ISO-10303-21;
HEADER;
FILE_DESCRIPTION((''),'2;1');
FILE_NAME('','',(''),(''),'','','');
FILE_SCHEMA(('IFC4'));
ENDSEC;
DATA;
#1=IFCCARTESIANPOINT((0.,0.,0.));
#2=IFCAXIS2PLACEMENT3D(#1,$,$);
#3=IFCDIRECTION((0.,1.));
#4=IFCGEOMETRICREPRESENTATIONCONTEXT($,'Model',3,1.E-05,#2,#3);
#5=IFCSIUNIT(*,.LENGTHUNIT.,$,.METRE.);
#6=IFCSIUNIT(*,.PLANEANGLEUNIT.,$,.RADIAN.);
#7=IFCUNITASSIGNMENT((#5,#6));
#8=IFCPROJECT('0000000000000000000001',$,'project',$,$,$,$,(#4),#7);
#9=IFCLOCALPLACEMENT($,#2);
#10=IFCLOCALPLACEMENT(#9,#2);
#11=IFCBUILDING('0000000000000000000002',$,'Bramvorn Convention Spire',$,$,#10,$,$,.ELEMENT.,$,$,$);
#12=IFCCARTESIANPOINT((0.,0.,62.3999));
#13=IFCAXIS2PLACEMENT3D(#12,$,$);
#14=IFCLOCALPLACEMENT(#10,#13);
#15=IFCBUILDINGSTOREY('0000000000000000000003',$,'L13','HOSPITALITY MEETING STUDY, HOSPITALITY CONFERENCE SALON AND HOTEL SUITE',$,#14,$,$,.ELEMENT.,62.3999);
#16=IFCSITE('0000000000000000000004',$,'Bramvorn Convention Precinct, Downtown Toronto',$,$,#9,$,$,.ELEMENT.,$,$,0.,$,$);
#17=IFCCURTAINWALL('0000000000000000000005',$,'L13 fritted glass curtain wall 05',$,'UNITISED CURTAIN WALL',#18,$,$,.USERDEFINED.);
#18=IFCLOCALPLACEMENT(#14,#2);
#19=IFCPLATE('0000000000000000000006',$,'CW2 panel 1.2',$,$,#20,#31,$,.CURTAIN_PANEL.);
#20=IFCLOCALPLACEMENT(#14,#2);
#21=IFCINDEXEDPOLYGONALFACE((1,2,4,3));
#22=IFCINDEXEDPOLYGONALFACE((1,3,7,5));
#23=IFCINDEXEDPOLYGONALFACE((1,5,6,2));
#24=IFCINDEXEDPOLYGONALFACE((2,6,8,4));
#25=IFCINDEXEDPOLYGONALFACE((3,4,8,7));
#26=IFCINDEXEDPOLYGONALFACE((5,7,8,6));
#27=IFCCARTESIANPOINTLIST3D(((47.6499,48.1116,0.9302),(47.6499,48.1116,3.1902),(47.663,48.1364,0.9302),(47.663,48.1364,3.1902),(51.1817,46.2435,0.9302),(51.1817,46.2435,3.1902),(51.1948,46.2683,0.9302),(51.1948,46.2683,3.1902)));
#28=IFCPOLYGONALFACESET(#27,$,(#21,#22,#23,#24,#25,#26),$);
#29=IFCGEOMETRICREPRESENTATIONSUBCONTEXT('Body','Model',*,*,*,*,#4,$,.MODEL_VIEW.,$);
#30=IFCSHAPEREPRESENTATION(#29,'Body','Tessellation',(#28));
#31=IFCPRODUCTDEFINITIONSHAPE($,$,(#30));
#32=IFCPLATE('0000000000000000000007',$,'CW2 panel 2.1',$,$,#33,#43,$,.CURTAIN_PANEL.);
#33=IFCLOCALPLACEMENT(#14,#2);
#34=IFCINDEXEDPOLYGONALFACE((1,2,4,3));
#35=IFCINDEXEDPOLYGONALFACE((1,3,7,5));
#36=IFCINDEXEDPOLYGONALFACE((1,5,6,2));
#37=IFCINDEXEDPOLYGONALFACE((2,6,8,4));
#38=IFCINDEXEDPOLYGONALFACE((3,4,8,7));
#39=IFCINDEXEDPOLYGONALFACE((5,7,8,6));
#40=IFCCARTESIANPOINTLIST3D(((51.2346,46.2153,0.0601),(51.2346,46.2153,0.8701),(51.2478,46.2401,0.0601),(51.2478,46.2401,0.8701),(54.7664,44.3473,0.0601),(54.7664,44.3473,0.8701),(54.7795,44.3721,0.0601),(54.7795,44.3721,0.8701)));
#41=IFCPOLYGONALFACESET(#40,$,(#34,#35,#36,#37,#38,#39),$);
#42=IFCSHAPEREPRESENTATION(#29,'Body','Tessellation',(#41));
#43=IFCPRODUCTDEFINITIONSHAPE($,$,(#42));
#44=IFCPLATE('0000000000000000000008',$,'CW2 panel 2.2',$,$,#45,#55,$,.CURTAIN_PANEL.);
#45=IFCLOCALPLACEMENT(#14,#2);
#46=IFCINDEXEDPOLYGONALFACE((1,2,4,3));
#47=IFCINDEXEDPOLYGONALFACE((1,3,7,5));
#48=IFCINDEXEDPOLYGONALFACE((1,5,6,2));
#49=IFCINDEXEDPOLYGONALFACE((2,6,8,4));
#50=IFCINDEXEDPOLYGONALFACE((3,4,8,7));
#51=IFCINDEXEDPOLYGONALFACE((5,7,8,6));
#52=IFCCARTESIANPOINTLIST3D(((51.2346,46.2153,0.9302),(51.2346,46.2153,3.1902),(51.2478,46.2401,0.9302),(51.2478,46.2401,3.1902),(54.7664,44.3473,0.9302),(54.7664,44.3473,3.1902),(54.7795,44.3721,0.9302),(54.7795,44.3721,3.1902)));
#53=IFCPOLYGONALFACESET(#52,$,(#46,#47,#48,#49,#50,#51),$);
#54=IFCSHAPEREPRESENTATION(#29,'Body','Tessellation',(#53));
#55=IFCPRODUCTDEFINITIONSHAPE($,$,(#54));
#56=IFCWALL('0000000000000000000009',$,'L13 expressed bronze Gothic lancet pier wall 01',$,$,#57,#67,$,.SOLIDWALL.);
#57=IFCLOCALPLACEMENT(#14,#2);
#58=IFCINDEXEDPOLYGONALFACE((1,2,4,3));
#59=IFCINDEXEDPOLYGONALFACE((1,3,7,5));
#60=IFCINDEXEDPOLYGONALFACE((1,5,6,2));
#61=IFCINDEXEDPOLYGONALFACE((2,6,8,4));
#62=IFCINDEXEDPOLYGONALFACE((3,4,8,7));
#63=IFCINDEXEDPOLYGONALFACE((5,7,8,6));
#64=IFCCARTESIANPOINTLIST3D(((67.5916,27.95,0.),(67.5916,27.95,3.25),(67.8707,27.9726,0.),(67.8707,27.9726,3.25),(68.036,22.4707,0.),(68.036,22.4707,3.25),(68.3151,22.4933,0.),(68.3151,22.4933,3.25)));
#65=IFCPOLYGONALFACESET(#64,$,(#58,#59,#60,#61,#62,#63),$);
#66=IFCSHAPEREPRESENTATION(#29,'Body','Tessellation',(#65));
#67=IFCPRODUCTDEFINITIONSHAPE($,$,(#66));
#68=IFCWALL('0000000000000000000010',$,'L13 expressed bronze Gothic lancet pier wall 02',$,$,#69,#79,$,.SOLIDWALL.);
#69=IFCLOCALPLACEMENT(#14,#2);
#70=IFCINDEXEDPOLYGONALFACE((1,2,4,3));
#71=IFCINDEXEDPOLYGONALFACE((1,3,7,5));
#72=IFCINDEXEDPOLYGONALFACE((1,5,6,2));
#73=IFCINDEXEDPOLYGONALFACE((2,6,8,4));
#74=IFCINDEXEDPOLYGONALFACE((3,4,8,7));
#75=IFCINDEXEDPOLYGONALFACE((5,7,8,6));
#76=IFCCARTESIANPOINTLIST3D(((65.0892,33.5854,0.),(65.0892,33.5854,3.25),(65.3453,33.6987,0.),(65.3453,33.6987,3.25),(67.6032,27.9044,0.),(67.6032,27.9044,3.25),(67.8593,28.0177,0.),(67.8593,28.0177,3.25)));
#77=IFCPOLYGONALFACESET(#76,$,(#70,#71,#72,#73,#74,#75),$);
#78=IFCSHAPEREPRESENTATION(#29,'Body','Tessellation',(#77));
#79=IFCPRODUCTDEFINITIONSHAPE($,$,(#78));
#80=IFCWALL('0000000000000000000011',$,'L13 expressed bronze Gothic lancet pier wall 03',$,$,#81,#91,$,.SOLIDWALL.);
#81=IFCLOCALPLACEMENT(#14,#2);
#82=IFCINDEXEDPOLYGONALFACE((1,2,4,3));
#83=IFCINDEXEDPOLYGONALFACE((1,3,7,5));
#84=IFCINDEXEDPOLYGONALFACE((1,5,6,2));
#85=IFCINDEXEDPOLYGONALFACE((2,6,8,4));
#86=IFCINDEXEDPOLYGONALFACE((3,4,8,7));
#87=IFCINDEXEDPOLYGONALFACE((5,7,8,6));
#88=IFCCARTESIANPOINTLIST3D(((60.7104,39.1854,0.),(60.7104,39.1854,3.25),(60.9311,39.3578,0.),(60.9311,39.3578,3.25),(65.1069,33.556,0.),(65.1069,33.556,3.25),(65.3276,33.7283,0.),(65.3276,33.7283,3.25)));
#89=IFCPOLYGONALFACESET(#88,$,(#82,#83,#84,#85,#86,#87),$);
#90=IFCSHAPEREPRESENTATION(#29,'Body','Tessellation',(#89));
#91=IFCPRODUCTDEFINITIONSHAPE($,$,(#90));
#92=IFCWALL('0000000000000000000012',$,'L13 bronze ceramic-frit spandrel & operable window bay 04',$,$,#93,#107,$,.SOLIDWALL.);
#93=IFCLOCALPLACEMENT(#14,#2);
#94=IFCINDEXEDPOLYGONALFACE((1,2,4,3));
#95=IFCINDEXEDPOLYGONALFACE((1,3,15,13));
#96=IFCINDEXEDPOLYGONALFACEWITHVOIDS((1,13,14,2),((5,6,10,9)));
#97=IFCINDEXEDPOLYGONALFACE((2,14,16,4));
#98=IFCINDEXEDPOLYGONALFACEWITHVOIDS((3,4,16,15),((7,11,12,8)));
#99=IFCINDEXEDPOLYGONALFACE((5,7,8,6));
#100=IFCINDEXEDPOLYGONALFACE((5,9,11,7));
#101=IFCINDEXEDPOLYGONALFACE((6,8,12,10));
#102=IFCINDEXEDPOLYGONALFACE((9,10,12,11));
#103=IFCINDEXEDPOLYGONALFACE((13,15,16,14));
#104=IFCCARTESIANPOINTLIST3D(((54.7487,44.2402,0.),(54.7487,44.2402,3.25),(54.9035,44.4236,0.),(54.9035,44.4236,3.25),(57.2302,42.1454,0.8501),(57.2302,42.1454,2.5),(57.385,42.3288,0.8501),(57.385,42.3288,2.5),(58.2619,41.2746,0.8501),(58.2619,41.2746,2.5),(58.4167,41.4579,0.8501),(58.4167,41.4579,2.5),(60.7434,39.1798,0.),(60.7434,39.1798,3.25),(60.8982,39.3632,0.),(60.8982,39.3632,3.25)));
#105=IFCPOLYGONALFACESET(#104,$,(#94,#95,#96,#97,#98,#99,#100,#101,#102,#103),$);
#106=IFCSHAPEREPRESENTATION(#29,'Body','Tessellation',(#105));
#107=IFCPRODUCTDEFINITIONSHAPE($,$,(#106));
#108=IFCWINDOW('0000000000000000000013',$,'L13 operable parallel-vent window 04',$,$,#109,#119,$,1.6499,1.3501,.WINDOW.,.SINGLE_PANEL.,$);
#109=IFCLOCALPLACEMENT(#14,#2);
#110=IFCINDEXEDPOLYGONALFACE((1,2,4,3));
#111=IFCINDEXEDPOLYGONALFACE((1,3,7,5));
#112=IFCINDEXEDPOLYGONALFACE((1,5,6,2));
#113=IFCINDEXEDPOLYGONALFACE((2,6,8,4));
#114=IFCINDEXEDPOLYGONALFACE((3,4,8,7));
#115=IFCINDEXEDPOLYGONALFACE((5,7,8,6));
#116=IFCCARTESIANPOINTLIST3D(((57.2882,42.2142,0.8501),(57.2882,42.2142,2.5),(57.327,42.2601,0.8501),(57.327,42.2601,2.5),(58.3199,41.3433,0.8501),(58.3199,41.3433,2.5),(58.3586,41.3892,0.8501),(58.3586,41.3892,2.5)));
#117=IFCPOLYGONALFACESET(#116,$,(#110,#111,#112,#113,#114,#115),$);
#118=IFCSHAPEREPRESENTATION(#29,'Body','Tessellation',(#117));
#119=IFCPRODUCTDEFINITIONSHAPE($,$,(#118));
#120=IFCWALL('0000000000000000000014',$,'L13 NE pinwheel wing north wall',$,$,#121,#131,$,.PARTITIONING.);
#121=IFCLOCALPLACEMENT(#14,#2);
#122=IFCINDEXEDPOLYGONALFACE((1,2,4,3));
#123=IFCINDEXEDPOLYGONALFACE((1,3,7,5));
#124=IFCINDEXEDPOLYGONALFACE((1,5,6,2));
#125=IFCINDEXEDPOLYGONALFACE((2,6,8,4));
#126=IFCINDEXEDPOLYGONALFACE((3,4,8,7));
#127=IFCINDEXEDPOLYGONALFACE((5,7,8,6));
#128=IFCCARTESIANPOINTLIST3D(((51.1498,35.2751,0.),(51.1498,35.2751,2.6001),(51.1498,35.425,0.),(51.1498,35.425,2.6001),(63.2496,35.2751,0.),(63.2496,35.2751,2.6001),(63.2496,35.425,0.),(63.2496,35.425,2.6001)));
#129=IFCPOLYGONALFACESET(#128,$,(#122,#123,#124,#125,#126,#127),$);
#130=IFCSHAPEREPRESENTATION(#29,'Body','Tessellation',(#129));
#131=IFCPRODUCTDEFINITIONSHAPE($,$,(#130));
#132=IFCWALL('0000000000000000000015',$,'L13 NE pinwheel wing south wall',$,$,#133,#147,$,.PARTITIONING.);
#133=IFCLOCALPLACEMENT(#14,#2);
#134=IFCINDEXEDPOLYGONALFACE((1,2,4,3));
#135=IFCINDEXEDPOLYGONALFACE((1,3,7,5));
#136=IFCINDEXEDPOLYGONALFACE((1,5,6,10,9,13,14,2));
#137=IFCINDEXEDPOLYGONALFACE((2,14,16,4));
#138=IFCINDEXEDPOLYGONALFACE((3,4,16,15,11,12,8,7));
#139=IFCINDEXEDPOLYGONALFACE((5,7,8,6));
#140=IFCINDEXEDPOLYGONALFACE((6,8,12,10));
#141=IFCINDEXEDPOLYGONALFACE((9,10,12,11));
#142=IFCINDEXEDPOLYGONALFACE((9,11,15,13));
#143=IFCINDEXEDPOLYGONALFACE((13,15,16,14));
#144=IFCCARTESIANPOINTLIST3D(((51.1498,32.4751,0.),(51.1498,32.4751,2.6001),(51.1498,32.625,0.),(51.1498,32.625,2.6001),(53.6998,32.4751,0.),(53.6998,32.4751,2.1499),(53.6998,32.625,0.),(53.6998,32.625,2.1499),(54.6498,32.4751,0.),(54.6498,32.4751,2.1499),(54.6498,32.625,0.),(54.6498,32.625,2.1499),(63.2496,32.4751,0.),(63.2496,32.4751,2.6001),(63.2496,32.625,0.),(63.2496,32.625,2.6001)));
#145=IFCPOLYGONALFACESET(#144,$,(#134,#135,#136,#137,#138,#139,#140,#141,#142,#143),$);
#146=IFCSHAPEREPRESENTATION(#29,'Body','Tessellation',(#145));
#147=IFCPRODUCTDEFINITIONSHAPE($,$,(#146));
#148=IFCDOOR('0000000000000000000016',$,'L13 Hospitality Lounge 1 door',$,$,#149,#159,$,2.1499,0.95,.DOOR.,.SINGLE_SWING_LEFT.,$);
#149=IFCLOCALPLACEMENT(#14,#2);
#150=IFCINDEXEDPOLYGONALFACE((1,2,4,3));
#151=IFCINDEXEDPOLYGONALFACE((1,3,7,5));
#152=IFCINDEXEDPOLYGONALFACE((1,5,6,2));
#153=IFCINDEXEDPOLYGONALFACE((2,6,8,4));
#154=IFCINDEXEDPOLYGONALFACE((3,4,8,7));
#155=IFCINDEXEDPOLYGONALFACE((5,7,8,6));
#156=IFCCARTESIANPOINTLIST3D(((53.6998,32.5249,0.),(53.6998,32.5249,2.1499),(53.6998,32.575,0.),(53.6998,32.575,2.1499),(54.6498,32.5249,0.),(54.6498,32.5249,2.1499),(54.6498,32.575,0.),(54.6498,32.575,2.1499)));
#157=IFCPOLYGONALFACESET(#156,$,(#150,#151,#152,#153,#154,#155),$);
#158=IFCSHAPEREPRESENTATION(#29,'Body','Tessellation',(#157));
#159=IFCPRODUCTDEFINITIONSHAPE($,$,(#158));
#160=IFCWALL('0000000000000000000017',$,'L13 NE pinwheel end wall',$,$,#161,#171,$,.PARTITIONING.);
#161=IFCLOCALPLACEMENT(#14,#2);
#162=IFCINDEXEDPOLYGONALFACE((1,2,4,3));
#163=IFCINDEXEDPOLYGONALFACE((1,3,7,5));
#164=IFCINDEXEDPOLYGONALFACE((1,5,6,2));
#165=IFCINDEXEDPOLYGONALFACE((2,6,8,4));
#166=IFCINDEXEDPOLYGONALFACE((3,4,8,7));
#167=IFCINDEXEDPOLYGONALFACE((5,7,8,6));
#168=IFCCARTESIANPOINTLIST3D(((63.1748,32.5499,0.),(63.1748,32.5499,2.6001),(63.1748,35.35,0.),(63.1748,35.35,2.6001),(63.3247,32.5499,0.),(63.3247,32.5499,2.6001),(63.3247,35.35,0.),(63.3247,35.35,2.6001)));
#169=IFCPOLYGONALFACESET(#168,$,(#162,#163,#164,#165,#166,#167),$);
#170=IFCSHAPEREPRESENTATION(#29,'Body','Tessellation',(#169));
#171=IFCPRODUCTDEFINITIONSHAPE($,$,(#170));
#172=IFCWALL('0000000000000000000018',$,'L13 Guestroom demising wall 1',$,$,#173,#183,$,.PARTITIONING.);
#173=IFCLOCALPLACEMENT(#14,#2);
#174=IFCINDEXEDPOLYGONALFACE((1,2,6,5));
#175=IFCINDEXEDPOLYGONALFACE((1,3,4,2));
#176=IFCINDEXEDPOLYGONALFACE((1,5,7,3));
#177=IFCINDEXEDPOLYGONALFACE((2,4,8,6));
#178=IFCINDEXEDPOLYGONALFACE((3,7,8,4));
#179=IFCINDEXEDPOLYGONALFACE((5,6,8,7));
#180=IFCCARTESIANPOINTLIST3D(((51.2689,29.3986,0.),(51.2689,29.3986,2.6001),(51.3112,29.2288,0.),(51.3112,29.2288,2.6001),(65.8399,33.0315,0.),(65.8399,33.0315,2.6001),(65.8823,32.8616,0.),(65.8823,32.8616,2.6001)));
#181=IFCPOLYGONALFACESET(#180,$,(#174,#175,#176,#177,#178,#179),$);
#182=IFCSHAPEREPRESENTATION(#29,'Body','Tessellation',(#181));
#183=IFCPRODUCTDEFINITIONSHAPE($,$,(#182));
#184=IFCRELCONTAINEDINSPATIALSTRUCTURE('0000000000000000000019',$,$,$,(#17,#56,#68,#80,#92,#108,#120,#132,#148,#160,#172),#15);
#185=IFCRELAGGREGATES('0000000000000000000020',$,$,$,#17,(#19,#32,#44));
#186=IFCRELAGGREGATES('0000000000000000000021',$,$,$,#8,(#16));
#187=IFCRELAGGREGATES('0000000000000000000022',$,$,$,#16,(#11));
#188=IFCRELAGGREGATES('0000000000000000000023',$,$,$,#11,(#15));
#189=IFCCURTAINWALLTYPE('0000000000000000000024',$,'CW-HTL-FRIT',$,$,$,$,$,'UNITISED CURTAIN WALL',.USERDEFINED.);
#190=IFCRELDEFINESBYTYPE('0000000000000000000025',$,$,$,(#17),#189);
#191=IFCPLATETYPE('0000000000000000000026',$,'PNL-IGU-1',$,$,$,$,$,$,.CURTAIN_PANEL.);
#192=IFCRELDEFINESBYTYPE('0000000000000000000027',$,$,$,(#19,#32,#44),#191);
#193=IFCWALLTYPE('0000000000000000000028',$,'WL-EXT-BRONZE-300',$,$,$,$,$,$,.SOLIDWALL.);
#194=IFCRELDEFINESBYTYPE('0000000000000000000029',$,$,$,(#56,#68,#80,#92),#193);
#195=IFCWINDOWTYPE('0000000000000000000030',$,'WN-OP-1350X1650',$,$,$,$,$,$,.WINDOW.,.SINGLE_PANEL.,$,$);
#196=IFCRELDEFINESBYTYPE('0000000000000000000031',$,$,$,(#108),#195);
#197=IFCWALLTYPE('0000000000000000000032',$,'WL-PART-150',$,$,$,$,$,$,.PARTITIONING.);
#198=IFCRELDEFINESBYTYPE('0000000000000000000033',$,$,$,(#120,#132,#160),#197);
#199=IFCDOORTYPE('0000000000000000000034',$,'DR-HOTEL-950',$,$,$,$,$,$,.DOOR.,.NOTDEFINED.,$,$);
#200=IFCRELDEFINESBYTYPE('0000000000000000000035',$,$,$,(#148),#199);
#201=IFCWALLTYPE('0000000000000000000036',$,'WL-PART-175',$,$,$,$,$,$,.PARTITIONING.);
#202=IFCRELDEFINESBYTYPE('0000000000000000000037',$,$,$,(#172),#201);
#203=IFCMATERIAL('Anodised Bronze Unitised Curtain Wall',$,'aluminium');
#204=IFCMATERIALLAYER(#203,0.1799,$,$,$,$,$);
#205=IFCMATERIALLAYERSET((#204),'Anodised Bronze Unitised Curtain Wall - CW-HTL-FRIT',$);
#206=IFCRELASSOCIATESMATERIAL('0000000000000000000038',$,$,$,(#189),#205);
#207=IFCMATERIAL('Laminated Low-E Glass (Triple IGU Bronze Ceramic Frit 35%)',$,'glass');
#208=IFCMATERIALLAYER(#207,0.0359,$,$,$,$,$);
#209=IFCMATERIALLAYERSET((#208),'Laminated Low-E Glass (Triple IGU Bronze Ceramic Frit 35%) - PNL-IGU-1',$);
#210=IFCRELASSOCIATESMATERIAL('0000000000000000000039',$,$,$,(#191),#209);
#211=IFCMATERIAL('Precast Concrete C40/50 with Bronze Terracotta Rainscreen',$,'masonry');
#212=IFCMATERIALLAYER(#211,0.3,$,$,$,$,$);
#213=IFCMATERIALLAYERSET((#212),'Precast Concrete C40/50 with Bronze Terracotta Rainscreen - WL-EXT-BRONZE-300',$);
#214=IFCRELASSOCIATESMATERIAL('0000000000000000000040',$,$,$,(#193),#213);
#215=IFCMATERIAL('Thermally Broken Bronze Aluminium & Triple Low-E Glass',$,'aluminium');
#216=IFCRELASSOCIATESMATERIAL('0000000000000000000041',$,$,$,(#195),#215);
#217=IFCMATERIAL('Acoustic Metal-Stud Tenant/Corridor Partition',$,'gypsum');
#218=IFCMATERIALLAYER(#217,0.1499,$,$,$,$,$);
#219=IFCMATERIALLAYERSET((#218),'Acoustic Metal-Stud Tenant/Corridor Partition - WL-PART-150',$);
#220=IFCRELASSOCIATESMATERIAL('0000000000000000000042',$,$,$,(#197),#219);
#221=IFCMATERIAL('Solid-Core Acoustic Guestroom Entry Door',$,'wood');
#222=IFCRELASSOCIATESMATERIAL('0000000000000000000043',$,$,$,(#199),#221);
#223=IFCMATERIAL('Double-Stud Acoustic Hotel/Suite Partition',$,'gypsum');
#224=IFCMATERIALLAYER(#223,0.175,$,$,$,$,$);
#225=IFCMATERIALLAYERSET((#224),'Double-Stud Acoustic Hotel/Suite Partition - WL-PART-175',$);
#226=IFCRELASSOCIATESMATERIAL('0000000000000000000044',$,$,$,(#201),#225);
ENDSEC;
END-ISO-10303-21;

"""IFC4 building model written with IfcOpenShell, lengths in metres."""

from ifc_helpers import new_model, si_unit, direction, frame, frame_2d, origin, origin_2d, place, context, subcontext, project, spatial, rectangle, extrude, material, layer, layer_set, type_object, element, fill, aggregate, save


model = new_model("IFC4")

# Units and contexts
model_context = context("Model", 3, precision=1e-05, world=origin(), true_north=direction((0.0, 1.0)))
body_context = subcontext(model_context, "Body", "Model", "MODEL_VIEW")
ifc_project = project(units=[si_unit("LENGTHUNIT", "METRE"), si_unit("PLANEANGLEUNIT", "RADIAN")], contexts=[model_context])

# Site, building, storey
site_placement = place(None, origin())
site = spatial("IfcSite", under=ifc_project, at=site_placement, Name="Bramvorn Convention Precinct, Downtown Toronto", CompositionType="ELEMENT", RefElevation=0.0)
building_placement = place(site_placement, origin())
building = spatial("IfcBuilding", under=site, at=building_placement, Name="Bramvorn Convention Spire", CompositionType="ELEMENT")
storey_placement = place(building_placement, frame((0.0, 0.0, 62.3999)))
storey = spatial("IfcBuildingStorey", under=building, at=storey_placement, Name="L13", Description="HOSPITALITY MEETING STUDY, HOSPITALITY CONFERENCE SALON AND HOTEL SUITE", CompositionType="ELEMENT", Elevation=62.3999)

# Curtain wall
ifc_material_1 = material(Name="Anodised Bronze Unitised Curtain Wall", Category="aluminium")
ifc_layer_1 = layer(ifc_material_1, 0.1799)
ifc_layer_set_1 = layer_set([ifc_layer_1], Name="Anodised Bronze Unitised Curtain Wall - CW-HTL-FRIT")
curtain_wall_type = type_object("IfcCurtainWallType", Name="CW-HTL-FRIT", ElementType="UNITISED CURTAIN WALL", PredefinedType="USERDEFINED", material=ifc_layer_set_1)
curtain_wall_placement = place(storey_placement, origin())
curtain_wall = element("IfcCurtainWall", 1, at=curtain_wall_placement, inside=storey, type_object=curtain_wall_type, Name="L13 fritted glass curtain wall 05", ObjectType="UNITISED CURTAIN WALL", PredefinedType="USERDEFINED")

# Plates
ifc_material_2 = material(Name="Laminated Low-E Glass (Triple IGU Bronze Ceramic Frit 35%)", Category="glass")
ifc_layer_2 = layer(ifc_material_2, 0.0359)
ifc_layer_set_2 = layer_set([ifc_layer_2], Name="Laminated Low-E Glass (Triple IGU Bronze Ceramic Frit 35%) - PNL-IGU-1")
plate_type = type_object("IfcPlateType", Name="PNL-IGU-1", PredefinedType="CURTAIN_PANEL", material=ifc_layer_set_2)
plate_1_placement = place(storey_placement, frame((49.4224, 47.1899, 0.9302), z_axis=(0.0, 0.0, 1.0), x_axis=(0.883964, -0.467555, 0.0)))
plate_1 = element("IfcPlate", 2, at=plate_1_placement, type_object=plate_type, Name="CW2 panel 1.2", PredefinedType="CURTAIN_PANEL", context=body_context, shape_type="SweptSolid", body=[
    extrude(rectangle(XDim=3.9954, YDim=0.0281, at=origin_2d()), origin(), (0.0, 0.0, 1.0), 2.26),
])
plate_2_placement = place(storey_placement, frame((53.0071, 45.2937, 0.0601), z_axis=(0.0, 0.0, 1.0), x_axis=(0.883964, -0.467555, 0.0)))
plate_2 = element("IfcPlate", 3, at=plate_2_placement, type_object=plate_type, Name="CW2 panel 2.1", PredefinedType="CURTAIN_PANEL", context=body_context, shape_type="SweptSolid", body=[
    extrude(rectangle(XDim=3.9954, YDim=0.0281, at=origin_2d()), origin(), (0.0, 0.0, 1.0), 0.8101),
])
plate_3_placement = place(storey_placement, frame((53.0071, 45.2937, 0.9302), z_axis=(0.0, 0.0, 1.0), x_axis=(0.883964, -0.467555, 0.0)))
plate_3 = element("IfcPlate", 4, at=plate_3_placement, type_object=plate_type, Name="CW2 panel 2.2", PredefinedType="CURTAIN_PANEL", context=body_context, shape_type="SweptSolid", body=[
    extrude(rectangle(XDim=3.9954, YDim=0.0281, at=origin_2d()), origin(), (0.0, 0.0, 1.0), 2.26),
])
aggregate(curtain_wall, [plate_1, plate_2, plate_3])

# Walls
ifc_material_3 = material(Name="Precast Concrete C40/50 with Bronze Terracotta Rainscreen", Category="masonry")
ifc_layer_3 = layer(ifc_material_3, 0.3)
ifc_layer_set_3 = layer_set([ifc_layer_3], Name="Precast Concrete C40/50 with Bronze Terracotta Rainscreen - WL-EXT-BRONZE-300")
wall_type_1 = type_object("IfcWallType", Name="WL-EXT-BRONZE-300", PredefinedType="SOLIDWALL", material=ifc_layer_set_3)
wall_1_placement = place(storey_placement, frame((67.7312, 27.9612, 0.0), z_axis=(0.0, 0.0, 1.0), x_axis=(0.080829, -0.996728, 0.0)))
element("IfcWall", 5, at=wall_1_placement, inside=storey, type_object=wall_type_1, Name="L13 expressed bronze Gothic lancet pier wall 01", PredefinedType="SOLIDWALL", context=body_context, shape_type="SweptSolid", body=[
    extrude(rectangle(XDim=5.4973, YDim=0.28, at=frame_2d((2.7485, 0.0))), origin(), (0.0, 0.0, 1.0), 3.25),
])
wall_2_placement = place(storey_placement, frame((65.2173, 33.6421, 0.0), z_axis=(0.0, 0.0, 1.0), x_axis=(0.404668, -0.914463, 0.0)))
element("IfcWall", 6, at=wall_2_placement, inside=storey, type_object=wall_type_1, Name="L13 expressed bronze Gothic lancet pier wall 02", PredefinedType="SOLIDWALL", context=body_context, shape_type="SweptSolid", body=[
    extrude(rectangle(XDim=6.2124, YDim=0.28, at=frame_2d((3.1062, 0.0))), origin(), (0.0, 0.0, 1.0), 3.25),
])
wall_3_placement = place(storey_placement, frame((60.8208, 39.2715, 0.0), z_axis=(0.0, 0.0, 1.0), x_axis=(0.615515, -0.788125, 0.0)))
element("IfcWall", 7, at=wall_3_placement, inside=storey, type_object=wall_type_1, Name="L13 expressed bronze Gothic lancet pier wall 03", PredefinedType="SOLIDWALL", context=body_context, shape_type="SweptSolid", body=[
    extrude(rectangle(XDim=7.1428, YDim=0.28, at=frame_2d((3.5713, 0.0))), origin(), (0.0, 0.0, 1.0), 3.25),
])

# Wall, opening, window
wall_4_placement = place(storey_placement, frame((54.8262, 44.3318, 0.0), z_axis=(0.0, 0.0, 1.0), x_axis=(0.764145, -0.645045, 0.0)))
wall_4 = element("IfcWall", 8, at=wall_4_placement, inside=storey, type_object=wall_type_1, Name="L13 bronze ceramic-frit spandrel & operable window bay 04", PredefinedType="SOLIDWALL", context=body_context, shape_type="SweptSolid", body=[
    extrude(rectangle(XDim=7.845, YDim=0.24, at=frame_2d((3.9224, 0.0))), origin(), (0.0, 0.0, 1.0), 3.25),
])
opening_1_placement = place(wall_4_placement, frame((3.2473, 0.0, 0.8501)))
opening_1 = element("IfcOpeningElement", 9, at=opening_1_placement, cuts=wall_4, PredefinedType="OPENING", context=body_context, shape_type="SweptSolid", body=[
    extrude(rectangle(XDim=1.3501, YDim=1.6499, at=frame_2d((0.675, 0.825))), frame((0.0, 0.1299, 0.0), z_axis=(0.0, -1.0, 0.0), x_axis=(1.0, 0.0, 0.0)), (0.0, 0.0, 1.0), 0.26),
])
ifc_material_4 = material(Name="Thermally Broken Bronze Aluminium & Triple Low-E Glass", Category="aluminium")
window_type = type_object("IfcWindowType", Name="WN-OP-1350X1650", PartitioningType="SINGLE_PANEL", PredefinedType="WINDOW", material=ifc_material_4)
window_placement = place(opening_1_placement, origin())
window = element("IfcWindow", 10, at=window_placement, inside=storey, type_object=window_type, Name="L13 operable parallel-vent window 04", OverallHeight=1.6499, OverallWidth=1.3501, PartitioningType="SINGLE_PANEL", PredefinedType="WINDOW", context=body_context, shape_type="SweptSolid", body=[
    extrude(rectangle(XDim=1.3501, YDim=1.6499, at=frame_2d((0.675, 0.825))), frame((0.0, 0.03, 0.0), z_axis=(0.0, -1.0, 0.0), x_axis=(1.0, 0.0, 0.0)), (0.0, 0.0, 1.0), 0.0601),
])
fill(opening_1, window)

# Wall
ifc_material_5 = material(Name="Acoustic Metal-Stud Tenant/Corridor Partition", Category="gypsum")
ifc_layer_4 = layer(ifc_material_5, 0.1499)
ifc_layer_set_4 = layer_set([ifc_layer_4], Name="Acoustic Metal-Stud Tenant/Corridor Partition - WL-PART-150")
wall_type_2 = type_object("IfcWallType", Name="WL-PART-150", PredefinedType="PARTITIONING", material=ifc_layer_set_4)
wall_5_placement = place(storey_placement, frame((51.1499, 35.3501, 0.0), z_axis=(0.0, 0.0, 1.0), x_axis=(1.0, 0.0, 0.0)))
element("IfcWall", 11, at=wall_5_placement, inside=storey, type_object=wall_type_2, Name="L13 NE pinwheel wing north wall", PredefinedType="PARTITIONING", context=body_context, shape_type="SweptSolid", body=[
    extrude(rectangle(XDim=12.0999, YDim=0.1499, at=frame_2d((6.0498, 0.0))), origin(), (0.0, 0.0, 1.0), 2.6001),
])

# Wall, opening, door
wall_6_placement = place(storey_placement, frame((51.1499, 32.55, 0.0), z_axis=(0.0, 0.0, 1.0), x_axis=(1.0, 0.0, 0.0)))
wall_6 = element("IfcWall", 12, at=wall_6_placement, inside=storey, type_object=wall_type_2, Name="L13 NE pinwheel wing south wall", PredefinedType="PARTITIONING", context=body_context, shape_type="SweptSolid", body=[
    extrude(rectangle(XDim=12.0999, YDim=0.1499, at=frame_2d((6.0498, 0.0))), origin(), (0.0, 0.0, 1.0), 2.6001),
])
opening_2_placement = place(wall_6_placement, frame((2.5498, 0.0, 0.0)))
opening_2 = element("IfcOpeningElement", 13, at=opening_2_placement, cuts=wall_6, PredefinedType="OPENING", context=body_context, shape_type="SweptSolid", body=[
    extrude(rectangle(XDim=0.95, YDim=2.1499, at=frame_2d((0.4751, 1.075))), frame((0.0, 0.085, 0.0), z_axis=(0.0, -1.0, 0.0), x_axis=(1.0, 0.0, 0.0)), (0.0, 0.0, 1.0), 0.1699),
])
ifc_material_6 = material(Name="Solid-Core Acoustic Guestroom Entry Door", Category="wood")
door_type = type_object("IfcDoorType", Name="DR-HOTEL-950", OperationType="NOTDEFINED", PredefinedType="DOOR", material=ifc_material_6)
door_placement = place(opening_2_placement, origin())
door = element("IfcDoor", 14, at=door_placement, inside=storey, type_object=door_type, Name="L13 Hospitality Lounge 1 door", OperationType="SINGLE_SWING_LEFT", OverallHeight=2.1499, OverallWidth=0.95, PredefinedType="DOOR", context=body_context, shape_type="SweptSolid", body=[
    extrude(rectangle(XDim=0.95, YDim=2.1499, at=frame_2d((0.4751, 1.075))), frame((0.0, 0.0249, 0.0), z_axis=(0.0, -1.0, 0.0), x_axis=(1.0, 0.0, 0.0)), (0.0, 0.0, 1.0), 0.05),
])
fill(opening_2, door)

# Walls
wall_7_placement = place(storey_placement, frame((63.2498, 32.55, 0.0), z_axis=(0.0, 0.0, 1.0), x_axis=(0.0, 1.0, 0.0)))
element("IfcWall", 15, at=wall_7_placement, inside=storey, type_object=wall_type_2, Name="L13 NE pinwheel end wall", PredefinedType="PARTITIONING", context=body_context, shape_type="SweptSolid", body=[
    extrude(rectangle(XDim=2.8, YDim=0.1499, at=frame_2d((1.3999, 0.0))), origin(), (0.0, 0.0, 1.0), 2.6001),
])
ifc_material_7 = material(Name="Double-Stud Acoustic Hotel/Suite Partition", Category="gypsum")
ifc_layer_5 = layer(ifc_material_7, 0.175)
ifc_layer_set_5 = layer_set([ifc_layer_5], Name="Double-Stud Acoustic Hotel/Suite Partition - WL-PART-175")
wall_type_3 = type_object("IfcWallType", Name="WL-PART-175", PredefinedType="PARTITIONING", material=ifc_layer_set_5)
wall_8_placement = place(storey_placement, frame((51.29, 29.3137, 0.0), z_axis=(0.0, 0.0, 1.0), x_axis=(0.970298, 0.241912, 0.0)))
element("IfcWall", 16, at=wall_8_placement, inside=storey, type_object=wall_type_3, Name="L13 Guestroom demising wall 1", PredefinedType="PARTITIONING", context=body_context, shape_type="SweptSolid", body=[
    extrude(rectangle(XDim=15.0171, YDim=0.175, at=frame_2d((7.5085, 0.0))), origin(), (0.0, 0.0, 1.0), 2.6001),
])

save(model, "model.ifc")
